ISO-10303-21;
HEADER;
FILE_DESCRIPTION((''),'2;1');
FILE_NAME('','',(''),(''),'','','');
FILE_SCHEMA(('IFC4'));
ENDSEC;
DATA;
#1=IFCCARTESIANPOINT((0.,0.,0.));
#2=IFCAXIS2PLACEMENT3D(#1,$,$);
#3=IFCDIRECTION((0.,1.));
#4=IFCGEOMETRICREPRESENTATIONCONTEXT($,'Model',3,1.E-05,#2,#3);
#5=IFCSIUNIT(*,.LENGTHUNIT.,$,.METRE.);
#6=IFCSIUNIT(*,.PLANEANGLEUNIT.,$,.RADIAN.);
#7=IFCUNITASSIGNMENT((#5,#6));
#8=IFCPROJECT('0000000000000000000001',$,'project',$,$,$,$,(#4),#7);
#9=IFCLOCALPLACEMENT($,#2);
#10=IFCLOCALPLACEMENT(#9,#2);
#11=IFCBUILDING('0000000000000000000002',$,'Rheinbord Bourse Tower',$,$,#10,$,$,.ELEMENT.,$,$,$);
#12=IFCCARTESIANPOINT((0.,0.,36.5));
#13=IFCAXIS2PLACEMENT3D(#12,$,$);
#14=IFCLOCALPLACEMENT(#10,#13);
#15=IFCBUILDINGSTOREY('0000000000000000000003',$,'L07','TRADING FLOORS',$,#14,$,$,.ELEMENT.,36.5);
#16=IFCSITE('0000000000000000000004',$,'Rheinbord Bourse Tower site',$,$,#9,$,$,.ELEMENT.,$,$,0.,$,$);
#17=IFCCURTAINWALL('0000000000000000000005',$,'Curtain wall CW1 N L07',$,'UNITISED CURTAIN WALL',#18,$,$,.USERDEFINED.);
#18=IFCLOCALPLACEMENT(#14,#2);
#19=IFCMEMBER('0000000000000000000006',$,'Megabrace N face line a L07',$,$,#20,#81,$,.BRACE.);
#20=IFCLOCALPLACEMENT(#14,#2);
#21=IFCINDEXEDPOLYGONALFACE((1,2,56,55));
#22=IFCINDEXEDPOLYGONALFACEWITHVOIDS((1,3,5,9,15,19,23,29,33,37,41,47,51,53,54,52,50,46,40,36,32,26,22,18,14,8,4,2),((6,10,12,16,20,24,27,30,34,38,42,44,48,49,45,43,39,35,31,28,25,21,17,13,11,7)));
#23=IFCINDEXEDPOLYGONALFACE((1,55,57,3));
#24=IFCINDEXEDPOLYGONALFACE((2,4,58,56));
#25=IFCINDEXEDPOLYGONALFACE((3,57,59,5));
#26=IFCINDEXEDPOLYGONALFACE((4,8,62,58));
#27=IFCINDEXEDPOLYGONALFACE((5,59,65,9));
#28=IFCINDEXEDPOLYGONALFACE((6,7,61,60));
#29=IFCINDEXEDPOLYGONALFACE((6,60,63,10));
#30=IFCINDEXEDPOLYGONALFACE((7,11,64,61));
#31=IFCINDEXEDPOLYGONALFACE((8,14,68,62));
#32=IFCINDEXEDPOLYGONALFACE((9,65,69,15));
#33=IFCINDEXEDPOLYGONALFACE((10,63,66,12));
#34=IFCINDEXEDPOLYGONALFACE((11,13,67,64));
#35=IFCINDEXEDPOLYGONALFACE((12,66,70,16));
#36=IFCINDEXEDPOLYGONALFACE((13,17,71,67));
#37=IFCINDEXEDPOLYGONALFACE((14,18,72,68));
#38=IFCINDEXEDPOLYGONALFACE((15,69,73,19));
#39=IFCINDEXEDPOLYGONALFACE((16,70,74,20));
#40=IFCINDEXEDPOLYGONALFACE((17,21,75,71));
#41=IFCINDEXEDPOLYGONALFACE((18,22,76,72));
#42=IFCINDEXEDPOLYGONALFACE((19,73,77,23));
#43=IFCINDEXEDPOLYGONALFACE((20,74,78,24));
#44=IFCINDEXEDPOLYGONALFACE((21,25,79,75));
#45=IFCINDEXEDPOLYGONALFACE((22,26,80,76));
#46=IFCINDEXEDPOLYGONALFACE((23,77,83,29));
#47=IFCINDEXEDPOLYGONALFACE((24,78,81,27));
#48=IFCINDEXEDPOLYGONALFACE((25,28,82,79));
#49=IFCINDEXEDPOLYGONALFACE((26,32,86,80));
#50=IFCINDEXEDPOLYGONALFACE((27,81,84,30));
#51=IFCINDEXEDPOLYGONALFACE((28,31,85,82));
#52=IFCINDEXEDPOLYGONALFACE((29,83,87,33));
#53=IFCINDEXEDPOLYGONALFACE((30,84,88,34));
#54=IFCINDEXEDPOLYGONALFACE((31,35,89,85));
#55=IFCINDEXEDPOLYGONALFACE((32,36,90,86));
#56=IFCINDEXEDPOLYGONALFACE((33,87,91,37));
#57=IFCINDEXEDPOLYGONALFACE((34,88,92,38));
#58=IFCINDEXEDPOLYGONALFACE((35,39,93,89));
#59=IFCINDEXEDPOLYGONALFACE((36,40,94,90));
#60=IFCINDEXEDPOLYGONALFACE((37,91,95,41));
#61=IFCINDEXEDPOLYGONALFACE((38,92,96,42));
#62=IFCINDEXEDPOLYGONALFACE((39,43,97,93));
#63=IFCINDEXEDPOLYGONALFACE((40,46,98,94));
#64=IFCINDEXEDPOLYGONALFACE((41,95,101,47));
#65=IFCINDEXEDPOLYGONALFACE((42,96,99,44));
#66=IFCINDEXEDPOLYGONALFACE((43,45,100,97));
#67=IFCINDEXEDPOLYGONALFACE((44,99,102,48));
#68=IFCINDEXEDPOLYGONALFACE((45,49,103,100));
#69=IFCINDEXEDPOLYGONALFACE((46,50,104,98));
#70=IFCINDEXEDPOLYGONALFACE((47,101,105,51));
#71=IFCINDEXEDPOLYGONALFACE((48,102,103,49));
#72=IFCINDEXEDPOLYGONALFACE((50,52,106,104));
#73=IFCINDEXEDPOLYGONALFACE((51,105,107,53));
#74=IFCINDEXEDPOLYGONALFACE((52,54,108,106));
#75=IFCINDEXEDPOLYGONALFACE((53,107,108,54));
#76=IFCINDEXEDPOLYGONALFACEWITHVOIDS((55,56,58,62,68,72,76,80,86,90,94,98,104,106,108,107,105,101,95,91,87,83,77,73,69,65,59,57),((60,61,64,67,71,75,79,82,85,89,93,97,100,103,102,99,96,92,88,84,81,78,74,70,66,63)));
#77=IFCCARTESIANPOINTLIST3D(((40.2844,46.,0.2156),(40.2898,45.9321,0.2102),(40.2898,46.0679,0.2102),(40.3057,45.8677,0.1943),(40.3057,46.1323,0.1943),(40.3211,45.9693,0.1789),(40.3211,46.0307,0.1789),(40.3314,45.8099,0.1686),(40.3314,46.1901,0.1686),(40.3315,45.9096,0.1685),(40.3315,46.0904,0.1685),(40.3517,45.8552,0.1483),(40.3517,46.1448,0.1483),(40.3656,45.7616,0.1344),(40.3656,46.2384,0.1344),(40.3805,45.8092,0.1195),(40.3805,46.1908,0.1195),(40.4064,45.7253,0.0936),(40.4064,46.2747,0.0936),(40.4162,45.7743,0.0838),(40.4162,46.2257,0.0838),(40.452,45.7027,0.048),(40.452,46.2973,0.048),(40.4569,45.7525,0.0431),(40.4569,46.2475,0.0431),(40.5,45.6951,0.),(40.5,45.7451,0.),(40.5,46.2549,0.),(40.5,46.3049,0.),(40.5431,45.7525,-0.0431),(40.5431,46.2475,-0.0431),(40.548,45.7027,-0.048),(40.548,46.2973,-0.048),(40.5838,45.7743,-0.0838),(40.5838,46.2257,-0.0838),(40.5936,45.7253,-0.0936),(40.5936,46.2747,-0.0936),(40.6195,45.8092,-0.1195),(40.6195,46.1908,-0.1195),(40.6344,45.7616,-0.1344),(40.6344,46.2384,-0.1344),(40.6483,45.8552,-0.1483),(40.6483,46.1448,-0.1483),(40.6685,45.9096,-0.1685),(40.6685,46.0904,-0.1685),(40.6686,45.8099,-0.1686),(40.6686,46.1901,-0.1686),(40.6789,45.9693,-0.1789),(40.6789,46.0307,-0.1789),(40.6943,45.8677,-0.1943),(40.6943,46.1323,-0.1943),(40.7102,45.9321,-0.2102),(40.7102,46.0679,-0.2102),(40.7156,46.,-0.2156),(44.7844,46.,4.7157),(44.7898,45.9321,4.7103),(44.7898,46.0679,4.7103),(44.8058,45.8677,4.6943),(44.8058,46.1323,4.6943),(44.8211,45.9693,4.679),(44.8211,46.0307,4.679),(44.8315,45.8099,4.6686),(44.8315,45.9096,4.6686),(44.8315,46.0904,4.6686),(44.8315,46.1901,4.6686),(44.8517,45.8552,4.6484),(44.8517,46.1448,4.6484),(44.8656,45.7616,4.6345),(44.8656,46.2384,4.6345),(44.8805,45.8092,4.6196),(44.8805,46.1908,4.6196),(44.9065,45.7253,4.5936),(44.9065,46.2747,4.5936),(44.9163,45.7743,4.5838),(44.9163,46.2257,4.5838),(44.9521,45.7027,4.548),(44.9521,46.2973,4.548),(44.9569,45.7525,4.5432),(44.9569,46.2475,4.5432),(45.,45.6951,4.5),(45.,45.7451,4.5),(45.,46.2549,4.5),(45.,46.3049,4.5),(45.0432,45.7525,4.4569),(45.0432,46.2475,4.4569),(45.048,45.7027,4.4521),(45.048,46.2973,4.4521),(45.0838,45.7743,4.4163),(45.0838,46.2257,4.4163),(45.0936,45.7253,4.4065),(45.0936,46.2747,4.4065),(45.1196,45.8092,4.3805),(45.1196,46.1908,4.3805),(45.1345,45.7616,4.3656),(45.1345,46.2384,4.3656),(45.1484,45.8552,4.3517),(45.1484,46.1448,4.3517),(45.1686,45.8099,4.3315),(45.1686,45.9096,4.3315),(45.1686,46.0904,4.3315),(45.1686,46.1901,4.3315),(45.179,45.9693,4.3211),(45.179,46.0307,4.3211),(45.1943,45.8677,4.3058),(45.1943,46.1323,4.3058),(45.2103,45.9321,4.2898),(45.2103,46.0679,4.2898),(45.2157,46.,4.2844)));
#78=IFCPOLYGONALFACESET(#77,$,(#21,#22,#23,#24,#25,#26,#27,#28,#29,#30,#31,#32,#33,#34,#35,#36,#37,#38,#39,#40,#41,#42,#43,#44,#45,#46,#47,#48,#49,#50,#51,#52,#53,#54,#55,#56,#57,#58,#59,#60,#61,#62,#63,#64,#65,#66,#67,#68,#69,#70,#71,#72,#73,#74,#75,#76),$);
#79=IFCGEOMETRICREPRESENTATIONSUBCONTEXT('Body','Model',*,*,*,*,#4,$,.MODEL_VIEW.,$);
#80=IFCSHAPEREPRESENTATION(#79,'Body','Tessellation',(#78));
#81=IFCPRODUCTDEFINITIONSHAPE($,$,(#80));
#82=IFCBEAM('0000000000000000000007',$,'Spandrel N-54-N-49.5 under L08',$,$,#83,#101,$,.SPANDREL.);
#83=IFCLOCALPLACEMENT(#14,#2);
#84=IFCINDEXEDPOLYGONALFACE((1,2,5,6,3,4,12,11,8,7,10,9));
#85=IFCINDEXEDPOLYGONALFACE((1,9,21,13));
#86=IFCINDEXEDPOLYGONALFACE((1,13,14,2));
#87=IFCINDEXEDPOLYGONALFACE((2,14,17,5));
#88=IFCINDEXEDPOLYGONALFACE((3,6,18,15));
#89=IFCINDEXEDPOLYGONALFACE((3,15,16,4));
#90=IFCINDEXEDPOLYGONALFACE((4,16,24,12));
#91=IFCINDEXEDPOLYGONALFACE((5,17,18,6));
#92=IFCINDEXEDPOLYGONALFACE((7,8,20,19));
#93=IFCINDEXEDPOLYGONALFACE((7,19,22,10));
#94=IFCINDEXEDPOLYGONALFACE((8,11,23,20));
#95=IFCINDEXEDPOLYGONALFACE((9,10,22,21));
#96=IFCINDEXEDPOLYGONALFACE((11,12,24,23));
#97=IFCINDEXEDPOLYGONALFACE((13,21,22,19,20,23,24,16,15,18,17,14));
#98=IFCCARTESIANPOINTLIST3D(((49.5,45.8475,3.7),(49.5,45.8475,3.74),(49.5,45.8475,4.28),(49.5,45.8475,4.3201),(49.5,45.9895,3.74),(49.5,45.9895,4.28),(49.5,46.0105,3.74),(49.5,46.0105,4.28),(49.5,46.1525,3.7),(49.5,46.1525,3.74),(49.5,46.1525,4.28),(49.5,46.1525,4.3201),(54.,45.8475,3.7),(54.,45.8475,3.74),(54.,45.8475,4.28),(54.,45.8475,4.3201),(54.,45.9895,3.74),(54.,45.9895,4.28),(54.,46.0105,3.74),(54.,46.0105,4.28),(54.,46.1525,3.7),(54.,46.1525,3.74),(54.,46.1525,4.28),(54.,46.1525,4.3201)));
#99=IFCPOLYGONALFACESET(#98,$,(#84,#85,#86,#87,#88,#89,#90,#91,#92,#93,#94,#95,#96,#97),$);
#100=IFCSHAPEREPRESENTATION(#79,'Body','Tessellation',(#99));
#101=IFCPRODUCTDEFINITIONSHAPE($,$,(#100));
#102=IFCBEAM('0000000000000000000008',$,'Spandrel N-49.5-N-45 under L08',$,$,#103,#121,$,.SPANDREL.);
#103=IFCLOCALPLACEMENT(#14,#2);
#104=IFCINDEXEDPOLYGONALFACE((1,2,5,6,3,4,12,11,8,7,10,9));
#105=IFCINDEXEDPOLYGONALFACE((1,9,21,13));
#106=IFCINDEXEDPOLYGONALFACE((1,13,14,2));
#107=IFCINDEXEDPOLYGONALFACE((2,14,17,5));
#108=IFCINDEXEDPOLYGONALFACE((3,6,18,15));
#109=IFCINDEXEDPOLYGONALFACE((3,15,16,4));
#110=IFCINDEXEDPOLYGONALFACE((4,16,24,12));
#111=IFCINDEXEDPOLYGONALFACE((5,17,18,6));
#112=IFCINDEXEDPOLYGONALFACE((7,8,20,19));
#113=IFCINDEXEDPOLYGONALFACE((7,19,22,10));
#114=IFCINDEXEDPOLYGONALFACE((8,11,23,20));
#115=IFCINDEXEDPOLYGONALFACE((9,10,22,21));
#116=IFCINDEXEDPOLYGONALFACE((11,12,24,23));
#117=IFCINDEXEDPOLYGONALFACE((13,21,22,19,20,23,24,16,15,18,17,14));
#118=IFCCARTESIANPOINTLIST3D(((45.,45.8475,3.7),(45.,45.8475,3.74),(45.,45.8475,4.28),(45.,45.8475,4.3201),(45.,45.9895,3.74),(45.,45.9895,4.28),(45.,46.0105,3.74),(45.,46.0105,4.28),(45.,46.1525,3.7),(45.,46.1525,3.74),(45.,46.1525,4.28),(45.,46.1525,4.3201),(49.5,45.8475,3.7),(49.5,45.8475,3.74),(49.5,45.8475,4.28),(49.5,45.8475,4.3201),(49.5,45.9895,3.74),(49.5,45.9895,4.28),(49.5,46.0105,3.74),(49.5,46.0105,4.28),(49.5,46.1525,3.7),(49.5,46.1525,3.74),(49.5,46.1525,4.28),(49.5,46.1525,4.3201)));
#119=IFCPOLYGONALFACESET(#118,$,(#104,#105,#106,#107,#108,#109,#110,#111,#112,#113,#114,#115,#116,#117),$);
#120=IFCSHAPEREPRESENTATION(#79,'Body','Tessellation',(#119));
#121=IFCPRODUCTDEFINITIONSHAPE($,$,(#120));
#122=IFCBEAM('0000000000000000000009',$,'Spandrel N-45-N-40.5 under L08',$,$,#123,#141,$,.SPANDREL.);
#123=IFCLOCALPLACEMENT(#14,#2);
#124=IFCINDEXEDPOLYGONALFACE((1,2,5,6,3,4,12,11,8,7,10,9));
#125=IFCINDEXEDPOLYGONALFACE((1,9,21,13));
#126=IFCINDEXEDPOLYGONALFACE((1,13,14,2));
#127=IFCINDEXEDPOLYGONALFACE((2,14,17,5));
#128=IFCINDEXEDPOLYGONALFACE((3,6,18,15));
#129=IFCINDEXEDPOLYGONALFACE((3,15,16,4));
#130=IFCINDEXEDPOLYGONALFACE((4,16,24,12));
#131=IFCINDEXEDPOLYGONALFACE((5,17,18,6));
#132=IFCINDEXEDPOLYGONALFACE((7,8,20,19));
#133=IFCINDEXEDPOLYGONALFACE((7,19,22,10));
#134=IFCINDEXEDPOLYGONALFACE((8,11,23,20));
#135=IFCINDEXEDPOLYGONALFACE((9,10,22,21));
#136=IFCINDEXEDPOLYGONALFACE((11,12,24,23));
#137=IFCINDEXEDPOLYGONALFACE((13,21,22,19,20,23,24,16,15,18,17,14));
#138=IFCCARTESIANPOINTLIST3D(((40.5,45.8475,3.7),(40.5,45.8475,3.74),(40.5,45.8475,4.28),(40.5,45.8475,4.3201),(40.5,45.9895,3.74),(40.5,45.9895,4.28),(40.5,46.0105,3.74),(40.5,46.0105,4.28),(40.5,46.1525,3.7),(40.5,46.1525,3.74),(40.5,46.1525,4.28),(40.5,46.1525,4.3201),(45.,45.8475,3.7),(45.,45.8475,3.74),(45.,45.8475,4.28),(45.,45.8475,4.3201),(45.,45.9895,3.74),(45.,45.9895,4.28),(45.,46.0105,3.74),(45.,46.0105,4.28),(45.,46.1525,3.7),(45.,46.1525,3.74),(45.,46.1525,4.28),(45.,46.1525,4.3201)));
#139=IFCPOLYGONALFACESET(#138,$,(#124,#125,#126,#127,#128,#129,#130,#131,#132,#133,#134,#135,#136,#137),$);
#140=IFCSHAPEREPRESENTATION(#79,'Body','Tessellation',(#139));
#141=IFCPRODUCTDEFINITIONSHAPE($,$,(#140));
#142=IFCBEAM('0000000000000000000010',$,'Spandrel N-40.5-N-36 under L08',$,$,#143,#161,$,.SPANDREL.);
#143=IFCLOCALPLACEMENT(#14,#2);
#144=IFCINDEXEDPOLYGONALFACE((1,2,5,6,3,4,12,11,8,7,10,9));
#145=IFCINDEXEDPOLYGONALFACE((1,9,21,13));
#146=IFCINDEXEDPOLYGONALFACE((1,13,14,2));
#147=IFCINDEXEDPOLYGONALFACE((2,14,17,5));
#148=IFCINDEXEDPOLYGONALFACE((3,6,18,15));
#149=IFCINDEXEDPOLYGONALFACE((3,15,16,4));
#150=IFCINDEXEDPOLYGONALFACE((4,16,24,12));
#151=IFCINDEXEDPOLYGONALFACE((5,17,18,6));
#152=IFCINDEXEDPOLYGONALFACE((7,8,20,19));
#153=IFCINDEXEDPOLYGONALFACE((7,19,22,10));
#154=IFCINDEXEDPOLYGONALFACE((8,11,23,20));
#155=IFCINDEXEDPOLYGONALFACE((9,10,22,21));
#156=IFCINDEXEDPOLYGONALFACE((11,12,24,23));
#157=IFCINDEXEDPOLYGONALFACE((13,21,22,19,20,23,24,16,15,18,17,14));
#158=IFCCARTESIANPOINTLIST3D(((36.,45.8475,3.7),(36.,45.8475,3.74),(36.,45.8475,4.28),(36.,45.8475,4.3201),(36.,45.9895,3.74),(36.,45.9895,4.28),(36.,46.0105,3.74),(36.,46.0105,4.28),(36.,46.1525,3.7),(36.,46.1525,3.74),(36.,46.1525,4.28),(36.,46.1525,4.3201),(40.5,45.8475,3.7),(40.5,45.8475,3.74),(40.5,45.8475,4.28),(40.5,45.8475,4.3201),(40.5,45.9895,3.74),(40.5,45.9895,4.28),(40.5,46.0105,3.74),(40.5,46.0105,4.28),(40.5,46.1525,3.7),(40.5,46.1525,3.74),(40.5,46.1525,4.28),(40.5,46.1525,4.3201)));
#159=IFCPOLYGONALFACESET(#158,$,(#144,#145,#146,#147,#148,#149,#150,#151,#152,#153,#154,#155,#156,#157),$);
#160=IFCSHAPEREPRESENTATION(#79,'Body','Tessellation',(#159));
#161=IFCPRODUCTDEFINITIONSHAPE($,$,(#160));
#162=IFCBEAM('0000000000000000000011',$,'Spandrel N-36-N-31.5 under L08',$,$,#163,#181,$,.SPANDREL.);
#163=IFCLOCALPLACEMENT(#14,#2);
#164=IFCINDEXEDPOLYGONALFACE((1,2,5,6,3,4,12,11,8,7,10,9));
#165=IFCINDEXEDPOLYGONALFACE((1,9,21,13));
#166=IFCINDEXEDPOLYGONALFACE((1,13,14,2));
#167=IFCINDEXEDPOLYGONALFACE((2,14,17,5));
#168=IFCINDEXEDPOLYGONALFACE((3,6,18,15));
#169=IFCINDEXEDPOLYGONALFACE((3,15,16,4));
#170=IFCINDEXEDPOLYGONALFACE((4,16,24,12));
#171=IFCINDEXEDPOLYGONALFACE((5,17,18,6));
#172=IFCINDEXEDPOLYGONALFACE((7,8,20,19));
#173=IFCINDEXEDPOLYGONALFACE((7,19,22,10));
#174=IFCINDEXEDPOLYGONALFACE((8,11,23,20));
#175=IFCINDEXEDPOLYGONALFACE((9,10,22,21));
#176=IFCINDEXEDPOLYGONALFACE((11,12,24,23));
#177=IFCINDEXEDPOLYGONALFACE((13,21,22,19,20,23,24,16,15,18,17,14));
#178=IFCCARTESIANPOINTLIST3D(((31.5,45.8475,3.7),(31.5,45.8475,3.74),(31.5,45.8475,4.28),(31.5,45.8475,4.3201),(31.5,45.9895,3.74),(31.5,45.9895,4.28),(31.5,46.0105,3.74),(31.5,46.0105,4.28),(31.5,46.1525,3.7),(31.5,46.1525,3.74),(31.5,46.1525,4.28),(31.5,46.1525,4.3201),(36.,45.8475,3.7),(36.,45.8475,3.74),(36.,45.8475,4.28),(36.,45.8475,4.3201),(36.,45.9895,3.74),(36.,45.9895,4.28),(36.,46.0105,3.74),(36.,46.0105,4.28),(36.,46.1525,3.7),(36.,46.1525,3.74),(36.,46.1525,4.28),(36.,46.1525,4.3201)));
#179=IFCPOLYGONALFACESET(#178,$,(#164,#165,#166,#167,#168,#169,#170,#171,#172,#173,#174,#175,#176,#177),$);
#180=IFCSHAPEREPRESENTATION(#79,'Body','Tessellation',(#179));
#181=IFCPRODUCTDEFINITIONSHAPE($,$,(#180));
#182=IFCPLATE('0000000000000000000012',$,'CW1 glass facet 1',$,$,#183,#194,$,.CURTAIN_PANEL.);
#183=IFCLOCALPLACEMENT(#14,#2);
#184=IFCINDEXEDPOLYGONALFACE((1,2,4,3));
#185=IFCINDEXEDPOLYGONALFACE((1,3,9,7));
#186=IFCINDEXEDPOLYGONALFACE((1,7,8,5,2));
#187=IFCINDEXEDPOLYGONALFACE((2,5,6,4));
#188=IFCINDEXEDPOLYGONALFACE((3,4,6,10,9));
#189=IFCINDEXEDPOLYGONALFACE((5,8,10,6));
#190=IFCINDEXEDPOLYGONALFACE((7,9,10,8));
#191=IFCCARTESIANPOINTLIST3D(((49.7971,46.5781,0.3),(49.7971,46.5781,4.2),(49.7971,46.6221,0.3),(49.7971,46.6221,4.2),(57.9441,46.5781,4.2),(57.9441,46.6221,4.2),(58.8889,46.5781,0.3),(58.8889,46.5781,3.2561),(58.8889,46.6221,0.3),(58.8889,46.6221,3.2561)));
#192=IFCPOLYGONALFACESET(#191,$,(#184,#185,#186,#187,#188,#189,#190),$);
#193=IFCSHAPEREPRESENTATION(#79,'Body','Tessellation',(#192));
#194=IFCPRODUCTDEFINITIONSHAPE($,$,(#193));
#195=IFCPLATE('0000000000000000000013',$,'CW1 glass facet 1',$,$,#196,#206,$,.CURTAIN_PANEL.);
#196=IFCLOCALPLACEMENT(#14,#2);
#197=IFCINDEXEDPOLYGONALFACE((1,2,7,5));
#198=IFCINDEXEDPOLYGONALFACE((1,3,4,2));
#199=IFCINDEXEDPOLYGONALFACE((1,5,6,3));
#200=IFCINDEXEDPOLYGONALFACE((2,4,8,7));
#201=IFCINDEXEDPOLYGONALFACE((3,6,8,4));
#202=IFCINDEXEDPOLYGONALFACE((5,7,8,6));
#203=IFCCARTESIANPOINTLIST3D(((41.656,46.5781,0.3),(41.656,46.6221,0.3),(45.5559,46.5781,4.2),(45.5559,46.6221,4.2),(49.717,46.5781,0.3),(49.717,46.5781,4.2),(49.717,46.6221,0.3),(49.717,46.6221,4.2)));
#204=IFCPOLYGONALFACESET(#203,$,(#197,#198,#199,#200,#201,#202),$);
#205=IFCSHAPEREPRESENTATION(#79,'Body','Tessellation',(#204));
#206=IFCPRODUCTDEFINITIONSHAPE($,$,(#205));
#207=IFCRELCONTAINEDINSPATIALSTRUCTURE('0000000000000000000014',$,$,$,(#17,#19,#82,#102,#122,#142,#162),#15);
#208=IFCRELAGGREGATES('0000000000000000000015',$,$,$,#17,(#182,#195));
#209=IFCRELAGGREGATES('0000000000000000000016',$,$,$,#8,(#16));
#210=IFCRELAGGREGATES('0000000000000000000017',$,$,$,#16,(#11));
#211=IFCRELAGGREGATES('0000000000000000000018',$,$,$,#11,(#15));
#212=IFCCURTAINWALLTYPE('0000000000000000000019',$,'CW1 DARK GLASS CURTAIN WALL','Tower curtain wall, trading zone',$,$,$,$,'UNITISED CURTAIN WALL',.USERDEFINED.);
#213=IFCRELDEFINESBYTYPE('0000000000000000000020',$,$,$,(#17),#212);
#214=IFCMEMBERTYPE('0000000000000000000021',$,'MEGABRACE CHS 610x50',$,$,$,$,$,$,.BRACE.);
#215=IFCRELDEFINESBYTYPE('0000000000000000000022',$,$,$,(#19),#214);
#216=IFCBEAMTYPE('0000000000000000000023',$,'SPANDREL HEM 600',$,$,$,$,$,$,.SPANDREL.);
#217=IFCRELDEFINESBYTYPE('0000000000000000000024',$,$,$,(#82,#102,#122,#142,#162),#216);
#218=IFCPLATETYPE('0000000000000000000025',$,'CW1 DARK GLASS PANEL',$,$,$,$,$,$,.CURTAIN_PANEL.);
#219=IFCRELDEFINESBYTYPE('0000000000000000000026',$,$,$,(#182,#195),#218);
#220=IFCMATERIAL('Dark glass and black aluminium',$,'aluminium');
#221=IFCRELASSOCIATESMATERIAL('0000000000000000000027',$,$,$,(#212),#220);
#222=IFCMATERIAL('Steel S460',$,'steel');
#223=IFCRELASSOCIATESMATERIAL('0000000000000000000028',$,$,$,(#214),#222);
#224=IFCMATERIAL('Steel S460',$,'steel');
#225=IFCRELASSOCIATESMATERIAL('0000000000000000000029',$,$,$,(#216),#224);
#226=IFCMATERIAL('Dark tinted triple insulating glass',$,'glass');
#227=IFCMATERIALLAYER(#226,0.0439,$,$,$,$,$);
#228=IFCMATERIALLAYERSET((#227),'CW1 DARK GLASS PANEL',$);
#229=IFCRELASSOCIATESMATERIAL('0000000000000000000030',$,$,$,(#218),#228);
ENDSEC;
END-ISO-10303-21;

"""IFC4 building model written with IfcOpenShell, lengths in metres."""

from ifc_helpers import new_model, si_unit, direction, frame, origin, origin_2d, place, context, subcontext, project, spatial, polyline, hollow_circle, i_section, outline, extrude, material, layer, layer_set, material_profile, profile_set, type_object, element, aggregate, save


model = new_model("IFC4")

# Units and contexts
model_context = context("Model", 3, precision=1e-05, world=origin(), true_north=direction((0.0, 1.0)))
body_context = subcontext(model_context, "Body", "Model", "MODEL_VIEW")
ifc_project = project(units=[si_unit("LENGTHUNIT", "METRE"), si_unit("PLANEANGLEUNIT", "RADIAN")], contexts=[model_context])

# Site, building, storey
site_placement = place(None, origin())
site = spatial("IfcSite", under=ifc_project, at=site_placement, Name="Rheinbord Bourse Tower site", CompositionType="ELEMENT", RefElevation=0.0)
building_placement = place(site_placement, origin())
building = spatial("IfcBuilding", under=site, at=building_placement, Name="Rheinbord Bourse Tower", CompositionType="ELEMENT")
storey_placement = place(building_placement, frame((0.0, 0.0, 36.5)))
storey = spatial("IfcBuildingStorey", under=building, at=storey_placement, Name="L07", Description="TRADING FLOORS", CompositionType="ELEMENT", Elevation=36.5)

# Curtain wall
ifc_material_1 = material(Name="Dark glass and black aluminium", Category="aluminium")
curtain_wall_type = type_object("IfcCurtainWallType", Name="CW1 DARK GLASS CURTAIN WALL", Description="Tower curtain wall, trading zone", ElementType="UNITISED CURTAIN WALL", PredefinedType="USERDEFINED", material=ifc_material_1)
curtain_wall_placement = place(storey_placement, origin())
curtain_wall = element("IfcCurtainWall", 1, at=curtain_wall_placement, inside=storey, type_object=curtain_wall_type, Name="Curtain wall CW1 N L07", ObjectType="UNITISED CURTAIN WALL", PredefinedType="USERDEFINED")

# Member
ifc_material_2 = material(Name="Steel S460", Category="steel")
ifc_material_profile_1 = material_profile(ifc_material_2, hollow_circle(Radius=0.3049, WallThickness=0.05, at=origin_2d()), Name="CHS 610x50")
ifc_profile_set_1 = profile_set([ifc_material_profile_1], Name="Steel S460")
member_type_1 = type_object("IfcMemberType", Name="MEGABRACE CHS 610x50", PredefinedType="BRACE", material=ifc_profile_set_1)
member_1_placement = place(storey_placement, frame((40.5, 46.0, 0.0), z_axis=(0.707107, 0.0, 0.707107), x_axis=(0.0, 1.0, 0.0)))
element("IfcMember", 2, at=member_1_placement, inside=storey, type_object=member_type_1, Name="Megabrace N face line a L07", PredefinedType="BRACE", context=body_context, shape_type="SweptSolid", body=[
    extrude(hollow_circle(Radius=0.3049, WallThickness=0.05, at=origin_2d()), origin(), (0.0, 0.0, 1.0), 6.364),
])

# Beams
ifc_material_3 = material(Name="Steel S460", Category="steel")
ifc_material_profile_2 = material_profile(ifc_material_3, i_section(OverallWidth=0.3049, OverallDepth=0.6201, WebThickness=0.021, FlangeThickness=0.04, at=origin_2d()), Name="HEM 600")
ifc_profile_set_2 = profile_set([ifc_material_profile_2], Name="Steel S460")
beam_type_1 = type_object("IfcBeamType", Name="SPANDREL HEM 600", PredefinedType="SPANDREL", material=ifc_profile_set_2)
for number, where, z_axis, x_axis, name in (
    (3, (54.0, 46.0, 4.01), (-1.0, 0.0, 0.0), (0.0, -1.0, 0.0), "Spandrel N-54-N-49.5 under L08"),
    (4, (49.5, 46.0, 4.01), (-1.0, 0.0, 0.0), (0.0, -1.0, 0.0), "Spandrel N-49.5-N-45 under L08"),
    (5, (45.0, 46.0, 4.01), (-1.0, 0.0, 0.0), (0.0, -1.0, 0.0), "Spandrel N-45-N-40.5 under L08"),
    (6, (40.5, 46.0, 4.01), (-1.0, 0.0, 0.0), (0.0, -1.0, 0.0), "Spandrel N-40.5-N-36 under L08"),
    (7, (36.0, 46.0, 4.01), (-1.0, 0.0, 0.0), (0.0, -1.0, 0.0), "Spandrel N-36-N-31.5 under L08"),
):
    element("IfcBeam", number, at=place(storey_placement, frame(where, z_axis=z_axis, x_axis=x_axis)), inside=storey, type_object=beam_type_1, Name=name, PredefinedType="SPANDREL", context=body_context, shape_type="SweptSolid", body=[
        extrude(i_section(OverallWidth=0.3049, OverallDepth=0.6201, WebThickness=0.021, FlangeThickness=0.04, at=origin_2d()), origin(), (0.0, 0.0, 1.0), 4.5),
    ])

# Plates
ifc_material_4 = material(Name="Dark tinted triple insulating glass", Category="glass")
ifc_layer_1 = layer(ifc_material_4, 0.0439)
ifc_layer_set_1 = layer_set([ifc_layer_1], Name="CW1 DARK GLASS PANEL")
plate_type = type_object("IfcPlateType", Name="CW1 DARK GLASS PANEL", PredefinedType="CURTAIN_PANEL", material=ifc_layer_set_1)
plate_1_placement = place(storey_placement, frame((49.7971, 46.6221, 4.2), z_axis=(0.0, -1.0, 0.0), x_axis=(0.0, 0.0, -1.0)))
plate_1 = element("IfcPlate", 8, at=plate_1_placement, type_object=plate_type, Name="CW1 glass facet 1", PredefinedType="CURTAIN_PANEL", context=body_context, shape_type="SweptSolid", body=[
    extrude(outline(polyline([(0.0, 0.0), (3.8999, 0.0), (3.8999, 9.0918), (0.9438, 9.0918), (0.0, 8.147), (0.0, 0.0)])), origin(), (0.0, 0.0, 1.0), 0.0439),
])
plate_2_placement = place(storey_placement, frame((49.717, 46.6221, 0.3), z_axis=(0.0, -1.0, 0.0), x_axis=(0.0, 0.0, 1.0)))
plate_2 = element("IfcPlate", 9, at=plate_2_placement, type_object=plate_type, Name="CW1 glass facet 1", PredefinedType="CURTAIN_PANEL", context=body_context, shape_type="SweptSolid", body=[
    extrude(outline(polyline([(0.0, 0.0), (3.8999, 0.0), (3.8999, 4.1611), (0.0, 8.061), (0.0, 0.0)])), origin(), (0.0, 0.0, 1.0), 0.0439),
])
aggregate(curtain_wall, [plate_1, plate_2])

save(model, "model.ifc")
